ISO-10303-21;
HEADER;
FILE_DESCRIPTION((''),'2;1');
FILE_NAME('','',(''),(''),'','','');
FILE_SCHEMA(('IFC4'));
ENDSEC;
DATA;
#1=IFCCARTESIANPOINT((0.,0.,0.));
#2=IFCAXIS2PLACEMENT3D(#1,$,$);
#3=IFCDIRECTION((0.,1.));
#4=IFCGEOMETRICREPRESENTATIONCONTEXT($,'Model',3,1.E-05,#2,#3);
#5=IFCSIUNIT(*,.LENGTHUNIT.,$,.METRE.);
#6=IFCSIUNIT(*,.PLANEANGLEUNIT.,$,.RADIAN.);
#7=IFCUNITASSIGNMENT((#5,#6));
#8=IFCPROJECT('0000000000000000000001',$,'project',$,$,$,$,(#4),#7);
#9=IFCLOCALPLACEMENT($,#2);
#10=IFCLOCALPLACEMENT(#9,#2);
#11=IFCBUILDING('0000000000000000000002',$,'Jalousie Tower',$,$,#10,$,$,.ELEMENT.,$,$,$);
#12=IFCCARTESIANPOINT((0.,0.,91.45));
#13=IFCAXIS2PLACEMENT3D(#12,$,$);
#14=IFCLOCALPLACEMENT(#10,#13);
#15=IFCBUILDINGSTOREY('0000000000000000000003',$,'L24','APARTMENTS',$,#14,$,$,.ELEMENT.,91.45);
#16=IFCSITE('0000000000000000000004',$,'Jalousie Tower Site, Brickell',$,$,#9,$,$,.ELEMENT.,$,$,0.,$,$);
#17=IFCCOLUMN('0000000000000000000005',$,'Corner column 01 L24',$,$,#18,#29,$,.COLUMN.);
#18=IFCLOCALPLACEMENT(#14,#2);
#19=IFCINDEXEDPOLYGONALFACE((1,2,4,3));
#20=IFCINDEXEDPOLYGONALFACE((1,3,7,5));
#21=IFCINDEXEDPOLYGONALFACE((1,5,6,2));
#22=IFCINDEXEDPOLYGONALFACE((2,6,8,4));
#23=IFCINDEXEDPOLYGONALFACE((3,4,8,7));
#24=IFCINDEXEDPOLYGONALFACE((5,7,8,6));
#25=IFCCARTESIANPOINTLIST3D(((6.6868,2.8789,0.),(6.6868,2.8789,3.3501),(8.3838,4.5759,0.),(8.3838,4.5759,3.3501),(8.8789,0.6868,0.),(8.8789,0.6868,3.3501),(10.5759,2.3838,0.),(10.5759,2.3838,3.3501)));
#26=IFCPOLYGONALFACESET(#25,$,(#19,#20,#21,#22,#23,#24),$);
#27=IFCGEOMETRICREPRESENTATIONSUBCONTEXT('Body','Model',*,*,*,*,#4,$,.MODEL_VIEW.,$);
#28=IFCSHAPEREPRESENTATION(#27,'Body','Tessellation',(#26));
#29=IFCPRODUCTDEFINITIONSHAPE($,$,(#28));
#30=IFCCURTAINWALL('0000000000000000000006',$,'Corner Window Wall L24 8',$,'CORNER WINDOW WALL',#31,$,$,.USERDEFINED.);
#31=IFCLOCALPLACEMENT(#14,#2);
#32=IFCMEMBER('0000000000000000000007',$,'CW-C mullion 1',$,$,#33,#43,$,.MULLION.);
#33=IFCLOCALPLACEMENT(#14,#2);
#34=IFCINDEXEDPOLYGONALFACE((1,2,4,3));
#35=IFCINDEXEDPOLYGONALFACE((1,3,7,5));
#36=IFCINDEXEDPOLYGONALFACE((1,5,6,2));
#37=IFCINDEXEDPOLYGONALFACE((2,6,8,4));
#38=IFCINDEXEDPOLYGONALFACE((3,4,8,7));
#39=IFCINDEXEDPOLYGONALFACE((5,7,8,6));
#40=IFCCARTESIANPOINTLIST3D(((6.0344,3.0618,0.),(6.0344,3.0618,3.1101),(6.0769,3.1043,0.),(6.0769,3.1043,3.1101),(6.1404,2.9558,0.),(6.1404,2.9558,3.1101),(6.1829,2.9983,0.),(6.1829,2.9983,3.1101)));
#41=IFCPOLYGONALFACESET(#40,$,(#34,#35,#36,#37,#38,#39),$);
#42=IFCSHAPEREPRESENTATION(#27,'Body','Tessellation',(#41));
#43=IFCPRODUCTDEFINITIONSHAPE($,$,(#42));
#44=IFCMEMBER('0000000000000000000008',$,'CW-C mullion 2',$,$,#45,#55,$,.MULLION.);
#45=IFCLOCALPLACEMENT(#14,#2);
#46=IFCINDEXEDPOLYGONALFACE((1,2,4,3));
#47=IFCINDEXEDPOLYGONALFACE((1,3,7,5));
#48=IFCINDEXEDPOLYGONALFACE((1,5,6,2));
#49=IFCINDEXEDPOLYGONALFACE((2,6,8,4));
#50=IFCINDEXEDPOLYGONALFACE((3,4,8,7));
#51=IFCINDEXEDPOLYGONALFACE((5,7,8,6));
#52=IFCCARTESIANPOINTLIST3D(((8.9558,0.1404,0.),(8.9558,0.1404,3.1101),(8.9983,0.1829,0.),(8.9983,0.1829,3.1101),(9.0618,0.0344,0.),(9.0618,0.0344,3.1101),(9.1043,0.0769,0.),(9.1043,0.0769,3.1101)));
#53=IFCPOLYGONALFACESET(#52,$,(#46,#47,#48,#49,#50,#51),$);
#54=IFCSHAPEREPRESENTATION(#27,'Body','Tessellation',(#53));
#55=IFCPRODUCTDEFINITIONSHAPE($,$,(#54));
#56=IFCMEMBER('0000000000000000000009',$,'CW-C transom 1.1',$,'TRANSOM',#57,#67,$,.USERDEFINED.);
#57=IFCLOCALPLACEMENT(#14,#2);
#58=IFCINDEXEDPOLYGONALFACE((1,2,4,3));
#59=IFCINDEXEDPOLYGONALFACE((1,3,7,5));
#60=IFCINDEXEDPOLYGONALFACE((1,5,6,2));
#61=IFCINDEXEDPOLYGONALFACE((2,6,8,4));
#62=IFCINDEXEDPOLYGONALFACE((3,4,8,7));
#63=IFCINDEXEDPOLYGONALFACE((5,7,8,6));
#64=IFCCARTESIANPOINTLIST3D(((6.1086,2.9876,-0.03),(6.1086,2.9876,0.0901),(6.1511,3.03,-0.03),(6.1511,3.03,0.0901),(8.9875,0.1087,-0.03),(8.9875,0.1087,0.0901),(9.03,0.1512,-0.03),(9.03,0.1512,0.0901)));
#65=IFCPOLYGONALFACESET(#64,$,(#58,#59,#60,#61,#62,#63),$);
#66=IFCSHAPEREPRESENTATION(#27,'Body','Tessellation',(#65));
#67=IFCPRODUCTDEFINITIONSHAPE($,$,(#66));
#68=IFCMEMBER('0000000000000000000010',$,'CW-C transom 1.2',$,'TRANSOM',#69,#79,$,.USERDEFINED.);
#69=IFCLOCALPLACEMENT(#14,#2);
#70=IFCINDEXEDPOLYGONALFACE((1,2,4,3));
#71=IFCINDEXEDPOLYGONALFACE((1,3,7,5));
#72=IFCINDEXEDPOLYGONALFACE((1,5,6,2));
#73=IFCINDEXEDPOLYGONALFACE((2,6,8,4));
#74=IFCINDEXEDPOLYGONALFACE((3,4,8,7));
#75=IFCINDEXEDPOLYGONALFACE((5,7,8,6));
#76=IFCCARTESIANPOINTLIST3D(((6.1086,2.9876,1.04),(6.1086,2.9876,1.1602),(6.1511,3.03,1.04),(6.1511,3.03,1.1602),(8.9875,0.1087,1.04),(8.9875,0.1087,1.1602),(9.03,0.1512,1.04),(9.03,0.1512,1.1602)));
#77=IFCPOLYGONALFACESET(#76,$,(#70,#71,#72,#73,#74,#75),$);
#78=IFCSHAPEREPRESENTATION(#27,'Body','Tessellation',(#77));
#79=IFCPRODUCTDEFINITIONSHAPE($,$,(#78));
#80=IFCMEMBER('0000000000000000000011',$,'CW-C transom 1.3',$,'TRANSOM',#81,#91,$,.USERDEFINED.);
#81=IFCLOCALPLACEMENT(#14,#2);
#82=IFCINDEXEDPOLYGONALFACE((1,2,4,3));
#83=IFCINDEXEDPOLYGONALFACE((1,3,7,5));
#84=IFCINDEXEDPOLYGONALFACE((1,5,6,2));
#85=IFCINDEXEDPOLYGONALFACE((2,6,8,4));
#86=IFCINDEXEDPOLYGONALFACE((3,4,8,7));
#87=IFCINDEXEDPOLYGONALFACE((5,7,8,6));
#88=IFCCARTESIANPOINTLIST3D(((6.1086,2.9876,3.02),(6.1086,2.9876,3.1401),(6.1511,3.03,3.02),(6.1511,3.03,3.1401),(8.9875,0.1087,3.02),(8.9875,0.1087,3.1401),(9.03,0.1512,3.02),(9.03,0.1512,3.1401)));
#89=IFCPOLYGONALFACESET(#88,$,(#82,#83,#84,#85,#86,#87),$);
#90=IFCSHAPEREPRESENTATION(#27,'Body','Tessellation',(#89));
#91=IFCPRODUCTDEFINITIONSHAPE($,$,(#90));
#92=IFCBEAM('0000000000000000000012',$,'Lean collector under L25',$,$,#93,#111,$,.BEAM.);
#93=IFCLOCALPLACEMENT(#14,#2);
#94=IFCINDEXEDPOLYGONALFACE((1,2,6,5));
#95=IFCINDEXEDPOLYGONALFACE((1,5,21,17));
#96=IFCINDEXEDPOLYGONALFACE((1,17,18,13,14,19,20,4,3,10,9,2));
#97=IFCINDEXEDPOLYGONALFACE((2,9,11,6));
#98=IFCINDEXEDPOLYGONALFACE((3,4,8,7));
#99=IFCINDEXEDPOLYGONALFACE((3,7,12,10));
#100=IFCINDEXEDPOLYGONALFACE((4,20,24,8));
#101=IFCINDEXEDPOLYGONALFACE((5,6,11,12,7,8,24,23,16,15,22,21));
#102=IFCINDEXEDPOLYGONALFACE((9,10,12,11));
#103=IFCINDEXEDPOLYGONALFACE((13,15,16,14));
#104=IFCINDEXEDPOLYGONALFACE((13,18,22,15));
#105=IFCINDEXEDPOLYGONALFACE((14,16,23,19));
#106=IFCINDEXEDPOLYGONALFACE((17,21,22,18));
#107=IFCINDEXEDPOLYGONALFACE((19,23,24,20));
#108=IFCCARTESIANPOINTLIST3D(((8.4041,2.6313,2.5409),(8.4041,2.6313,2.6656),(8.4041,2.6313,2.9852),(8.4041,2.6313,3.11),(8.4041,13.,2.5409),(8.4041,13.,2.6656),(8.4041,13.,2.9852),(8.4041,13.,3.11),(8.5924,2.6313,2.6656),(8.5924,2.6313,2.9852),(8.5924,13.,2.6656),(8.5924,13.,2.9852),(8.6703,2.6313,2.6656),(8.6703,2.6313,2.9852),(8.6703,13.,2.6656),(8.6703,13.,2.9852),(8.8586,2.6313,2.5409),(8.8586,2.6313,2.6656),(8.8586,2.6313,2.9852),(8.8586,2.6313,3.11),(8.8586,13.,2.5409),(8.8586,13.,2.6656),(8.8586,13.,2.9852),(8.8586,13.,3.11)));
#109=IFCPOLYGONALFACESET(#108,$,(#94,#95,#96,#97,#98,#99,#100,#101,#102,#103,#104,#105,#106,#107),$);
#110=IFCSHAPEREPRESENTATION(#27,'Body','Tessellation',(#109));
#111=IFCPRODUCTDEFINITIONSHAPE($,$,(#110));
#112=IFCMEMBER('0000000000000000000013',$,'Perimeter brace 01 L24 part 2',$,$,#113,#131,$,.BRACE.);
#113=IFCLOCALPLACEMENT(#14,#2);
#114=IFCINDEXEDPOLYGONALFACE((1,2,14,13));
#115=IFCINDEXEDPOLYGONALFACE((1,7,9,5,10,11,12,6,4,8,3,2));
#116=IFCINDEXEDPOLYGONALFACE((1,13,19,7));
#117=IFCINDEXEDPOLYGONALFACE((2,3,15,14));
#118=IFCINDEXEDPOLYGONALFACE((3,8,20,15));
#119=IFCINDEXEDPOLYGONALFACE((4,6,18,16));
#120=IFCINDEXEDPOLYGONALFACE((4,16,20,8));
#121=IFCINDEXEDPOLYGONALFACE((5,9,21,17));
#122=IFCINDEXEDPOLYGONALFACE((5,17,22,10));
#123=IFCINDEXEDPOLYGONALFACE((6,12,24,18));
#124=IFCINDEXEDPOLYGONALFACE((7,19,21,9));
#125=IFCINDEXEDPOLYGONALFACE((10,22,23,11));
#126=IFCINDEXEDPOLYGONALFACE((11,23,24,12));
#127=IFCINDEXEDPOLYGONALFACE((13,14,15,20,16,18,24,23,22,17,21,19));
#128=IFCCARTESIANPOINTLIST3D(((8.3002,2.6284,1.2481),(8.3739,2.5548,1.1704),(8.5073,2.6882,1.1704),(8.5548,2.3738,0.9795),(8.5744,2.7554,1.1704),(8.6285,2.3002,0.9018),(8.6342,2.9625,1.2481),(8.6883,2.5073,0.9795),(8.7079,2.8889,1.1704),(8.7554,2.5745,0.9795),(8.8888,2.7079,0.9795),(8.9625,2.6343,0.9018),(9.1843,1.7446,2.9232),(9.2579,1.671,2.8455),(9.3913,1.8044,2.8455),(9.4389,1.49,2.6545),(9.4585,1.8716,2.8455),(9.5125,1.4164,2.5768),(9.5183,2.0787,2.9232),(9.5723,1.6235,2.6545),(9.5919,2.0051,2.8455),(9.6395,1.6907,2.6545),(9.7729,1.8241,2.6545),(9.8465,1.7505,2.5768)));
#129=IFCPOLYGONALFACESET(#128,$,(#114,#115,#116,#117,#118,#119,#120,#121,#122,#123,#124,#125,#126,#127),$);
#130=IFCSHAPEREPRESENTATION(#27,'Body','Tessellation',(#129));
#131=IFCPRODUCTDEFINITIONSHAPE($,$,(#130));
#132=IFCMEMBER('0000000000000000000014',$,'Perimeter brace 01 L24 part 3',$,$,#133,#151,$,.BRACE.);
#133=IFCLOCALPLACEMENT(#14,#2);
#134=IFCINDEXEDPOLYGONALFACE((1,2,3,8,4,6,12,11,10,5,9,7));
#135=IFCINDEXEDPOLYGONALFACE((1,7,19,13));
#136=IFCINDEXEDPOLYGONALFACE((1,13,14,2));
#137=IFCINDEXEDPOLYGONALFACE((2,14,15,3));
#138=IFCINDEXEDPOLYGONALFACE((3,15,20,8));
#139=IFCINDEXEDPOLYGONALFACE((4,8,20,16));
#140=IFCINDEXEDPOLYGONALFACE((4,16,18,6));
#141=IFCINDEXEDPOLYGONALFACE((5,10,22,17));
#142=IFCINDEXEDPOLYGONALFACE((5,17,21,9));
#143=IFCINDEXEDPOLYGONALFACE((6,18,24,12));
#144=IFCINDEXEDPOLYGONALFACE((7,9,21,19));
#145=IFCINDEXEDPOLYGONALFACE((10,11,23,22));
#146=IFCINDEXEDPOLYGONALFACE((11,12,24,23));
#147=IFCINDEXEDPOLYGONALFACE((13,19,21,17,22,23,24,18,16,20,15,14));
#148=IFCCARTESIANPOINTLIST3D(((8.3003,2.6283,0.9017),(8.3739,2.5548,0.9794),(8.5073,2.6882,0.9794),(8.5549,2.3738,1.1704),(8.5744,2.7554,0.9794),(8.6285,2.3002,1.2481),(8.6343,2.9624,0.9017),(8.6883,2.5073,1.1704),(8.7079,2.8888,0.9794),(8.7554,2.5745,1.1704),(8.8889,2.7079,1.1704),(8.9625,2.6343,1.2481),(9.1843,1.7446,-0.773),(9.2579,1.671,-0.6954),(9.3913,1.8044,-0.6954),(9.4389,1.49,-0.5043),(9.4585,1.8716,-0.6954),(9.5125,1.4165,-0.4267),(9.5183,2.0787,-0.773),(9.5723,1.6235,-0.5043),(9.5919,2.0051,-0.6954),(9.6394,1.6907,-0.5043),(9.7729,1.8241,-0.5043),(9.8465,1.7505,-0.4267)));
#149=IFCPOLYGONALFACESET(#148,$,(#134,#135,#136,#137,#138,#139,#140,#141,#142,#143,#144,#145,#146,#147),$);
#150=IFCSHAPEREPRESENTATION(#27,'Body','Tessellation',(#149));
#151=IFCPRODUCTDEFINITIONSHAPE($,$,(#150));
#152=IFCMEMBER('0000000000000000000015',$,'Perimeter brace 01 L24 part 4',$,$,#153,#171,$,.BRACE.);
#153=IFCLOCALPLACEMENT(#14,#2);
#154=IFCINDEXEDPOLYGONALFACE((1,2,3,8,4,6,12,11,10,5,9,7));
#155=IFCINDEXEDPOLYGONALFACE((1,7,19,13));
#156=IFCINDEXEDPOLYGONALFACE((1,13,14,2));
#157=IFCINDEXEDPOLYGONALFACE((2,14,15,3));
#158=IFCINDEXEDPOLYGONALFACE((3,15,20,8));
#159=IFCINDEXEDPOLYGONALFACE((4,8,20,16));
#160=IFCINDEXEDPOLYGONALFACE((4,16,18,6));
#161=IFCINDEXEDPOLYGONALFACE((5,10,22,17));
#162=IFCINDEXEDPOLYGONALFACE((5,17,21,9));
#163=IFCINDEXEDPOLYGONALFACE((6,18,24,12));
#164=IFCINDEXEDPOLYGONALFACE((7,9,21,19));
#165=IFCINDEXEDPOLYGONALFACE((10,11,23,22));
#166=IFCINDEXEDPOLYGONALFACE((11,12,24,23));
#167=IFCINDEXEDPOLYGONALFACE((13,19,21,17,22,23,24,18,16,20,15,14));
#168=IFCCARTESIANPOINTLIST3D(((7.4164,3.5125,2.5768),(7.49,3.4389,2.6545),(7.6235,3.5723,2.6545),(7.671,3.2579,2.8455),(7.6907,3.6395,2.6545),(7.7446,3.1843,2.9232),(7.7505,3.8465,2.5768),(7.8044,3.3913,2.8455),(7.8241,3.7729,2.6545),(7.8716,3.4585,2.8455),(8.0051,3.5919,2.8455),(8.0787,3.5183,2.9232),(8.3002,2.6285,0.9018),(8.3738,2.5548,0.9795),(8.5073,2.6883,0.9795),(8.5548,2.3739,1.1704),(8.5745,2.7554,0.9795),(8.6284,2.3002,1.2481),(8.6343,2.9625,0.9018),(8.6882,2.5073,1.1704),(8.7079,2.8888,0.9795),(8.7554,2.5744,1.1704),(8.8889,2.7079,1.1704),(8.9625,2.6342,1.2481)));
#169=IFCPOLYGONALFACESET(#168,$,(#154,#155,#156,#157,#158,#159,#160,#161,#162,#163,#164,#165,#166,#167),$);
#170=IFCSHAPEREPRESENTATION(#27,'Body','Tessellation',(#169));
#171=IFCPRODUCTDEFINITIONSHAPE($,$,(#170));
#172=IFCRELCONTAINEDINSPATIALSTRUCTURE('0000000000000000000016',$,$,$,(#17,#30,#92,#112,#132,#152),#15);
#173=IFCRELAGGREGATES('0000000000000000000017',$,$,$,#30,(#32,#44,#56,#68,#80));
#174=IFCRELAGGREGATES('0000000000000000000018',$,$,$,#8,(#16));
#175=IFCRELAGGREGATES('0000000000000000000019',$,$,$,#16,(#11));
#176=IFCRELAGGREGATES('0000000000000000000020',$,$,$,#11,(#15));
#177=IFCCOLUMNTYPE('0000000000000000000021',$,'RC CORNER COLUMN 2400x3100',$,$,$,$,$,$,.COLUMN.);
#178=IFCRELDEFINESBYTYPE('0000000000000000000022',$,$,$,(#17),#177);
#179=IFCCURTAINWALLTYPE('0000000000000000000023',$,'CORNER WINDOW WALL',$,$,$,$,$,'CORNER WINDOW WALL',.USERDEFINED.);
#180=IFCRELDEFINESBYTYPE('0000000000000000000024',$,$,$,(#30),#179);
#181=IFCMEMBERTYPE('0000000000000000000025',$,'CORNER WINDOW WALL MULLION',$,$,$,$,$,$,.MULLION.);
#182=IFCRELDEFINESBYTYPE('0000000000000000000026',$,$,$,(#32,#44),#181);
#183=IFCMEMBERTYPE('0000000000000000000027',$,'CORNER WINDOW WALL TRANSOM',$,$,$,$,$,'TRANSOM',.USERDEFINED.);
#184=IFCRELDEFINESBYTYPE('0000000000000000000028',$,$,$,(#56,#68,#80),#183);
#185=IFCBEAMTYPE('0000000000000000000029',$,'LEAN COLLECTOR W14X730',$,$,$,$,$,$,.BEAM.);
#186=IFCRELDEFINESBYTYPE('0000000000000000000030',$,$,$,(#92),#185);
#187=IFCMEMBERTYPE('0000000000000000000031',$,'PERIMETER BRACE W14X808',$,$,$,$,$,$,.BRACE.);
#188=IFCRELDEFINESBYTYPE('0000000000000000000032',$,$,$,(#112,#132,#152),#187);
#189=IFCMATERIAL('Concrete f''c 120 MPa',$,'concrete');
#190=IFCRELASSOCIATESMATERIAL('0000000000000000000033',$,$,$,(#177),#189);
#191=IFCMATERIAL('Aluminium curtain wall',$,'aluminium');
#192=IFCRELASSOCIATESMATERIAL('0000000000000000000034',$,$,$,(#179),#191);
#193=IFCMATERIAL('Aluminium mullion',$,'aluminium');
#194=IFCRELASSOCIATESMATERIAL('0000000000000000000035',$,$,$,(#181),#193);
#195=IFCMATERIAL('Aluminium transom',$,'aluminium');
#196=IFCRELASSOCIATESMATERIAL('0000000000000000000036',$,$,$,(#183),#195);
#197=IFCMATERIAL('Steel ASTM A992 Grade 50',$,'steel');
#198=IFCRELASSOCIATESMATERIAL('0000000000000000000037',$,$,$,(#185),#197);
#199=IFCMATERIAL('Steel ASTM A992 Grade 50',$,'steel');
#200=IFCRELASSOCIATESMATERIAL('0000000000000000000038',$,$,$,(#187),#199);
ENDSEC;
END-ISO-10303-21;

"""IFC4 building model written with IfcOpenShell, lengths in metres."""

from ifc_helpers import new_model, si_unit, direction, frame, origin, origin_2d, place, context, subcontext, project, spatial, rectangle, i_section, extrude, material, material_profile, profile_set, type_object, element, aggregate, save


model = new_model("IFC4")

# Units and contexts
model_context = context("Model", 3, precision=1e-05, world=origin(), true_north=direction((0.0, 1.0)))
body_context = subcontext(model_context, "Body", "Model", "MODEL_VIEW")
ifc_project = project(units=[si_unit("LENGTHUNIT", "METRE"), si_unit("PLANEANGLEUNIT", "RADIAN")], contexts=[model_context])

# Site, building, storey
site_placement = place(None, origin())
site = spatial("IfcSite", under=ifc_project, at=site_placement, Name="Jalousie Tower Site, Brickell", CompositionType="ELEMENT", RefElevation=0.0)
building_placement = place(site_placement, origin())
building = spatial("IfcBuilding", under=site, at=building_placement, Name="Jalousie Tower", CompositionType="ELEMENT")
storey_placement = place(building_placement, frame((0.0, 0.0, 91.45)))
storey = spatial("IfcBuildingStorey", under=building, at=storey_placement, Name="L24", Description="APARTMENTS", CompositionType="ELEMENT", Elevation=91.45)

# Column
ifc_material_1 = material(Name="Concrete f'c 120 MPa", Category="concrete")
ifc_material_profile_1 = material_profile(ifc_material_1, rectangle(XDim=2.3999, YDim=3.1001, at=origin_2d()), Name="RC 2400x3100")
ifc_profile_set_1 = profile_set([ifc_material_profile_1], Name="Concrete f'c 120 MPa")
column_type = type_object("IfcColumnType", Name="RC CORNER COLUMN 2400x3100", PredefinedType="COLUMN", material=ifc_profile_set_1)
column_placement = place(storey_placement, frame((8.6313, 2.6313, 0.0), z_axis=(0.0, 0.0, 1.0), x_axis=(0.707107, 0.707107, 0.0)))
element("IfcColumn", 1, at=column_placement, inside=storey, type_object=column_type, Name="Corner column 01 L24", PredefinedType="COLUMN", context=body_context, shape_type="SweptSolid", body=[
    extrude(rectangle(XDim=2.3999, YDim=3.1001, at=origin_2d()), origin(), (0.0, 0.0, 1.0), 3.3501),
])

# Curtain wall, members
ifc_material_2 = material(Name="Aluminium curtain wall", Category="aluminium")
curtain_wall_type_1 = type_object("IfcCurtainWallType", Name="CORNER WINDOW WALL", ElementType="CORNER WINDOW WALL", PredefinedType="USERDEFINED", material=ifc_material_2)
curtain_wall_1_placement = place(storey_placement, origin())
curtain_wall_1 = element("IfcCurtainWall", 2, at=curtain_wall_1_placement, inside=storey, type_object=curtain_wall_type_1, Name="Corner Window Wall L24 8", ObjectType="CORNER WINDOW WALL", PredefinedType="USERDEFINED")
ifc_material_3 = material(Name="Aluminium mullion", Category="aluminium")
ifc_material_profile_2 = material_profile(ifc_material_3, rectangle(XDim=0.0601, YDim=0.1499, at=origin_2d()), Name="MULLION 60x150")
ifc_profile_set_2 = profile_set([ifc_material_profile_2], Name="Aluminium mullion")
member_type_1 = type_object("IfcMemberType", Name="CORNER WINDOW WALL MULLION", PredefinedType="MULLION", material=ifc_profile_set_2)
member_1_placement = place(storey_placement, frame((6.1086, 3.03, 0.0), z_axis=(0.0, 0.0, 1.0), x_axis=(0.707107, 0.707107, 0.0)))
member_1 = element("IfcMember", 3, at=member_1_placement, type_object=member_type_1, Name="CW-C mullion 1", PredefinedType="MULLION", context=body_context, shape_type="SweptSolid", body=[
    extrude(rectangle(XDim=0.0601, YDim=0.1499, at=origin_2d()), origin(), (0.0, 0.0, 1.0), 3.1101),
])
member_2_placement = place(storey_placement, frame((9.03, 0.1086, 0.0), z_axis=(0.0, 0.0, 1.0), x_axis=(0.707107, 0.707107, 0.0)))
member_2 = element("IfcMember", 4, at=member_2_placement, type_object=member_type_1, Name="CW-C mullion 2", PredefinedType="MULLION", context=body_context, shape_type="SweptSolid", body=[
    extrude(rectangle(XDim=0.0601, YDim=0.1499, at=origin_2d()), origin(), (0.0, 0.0, 1.0), 3.1101),
])
ifc_material_4 = material(Name="Aluminium transom", Category="aluminium")
ifc_material_profile_3 = material_profile(ifc_material_4, rectangle(XDim=0.0601, YDim=0.1201, at=origin_2d()), Name="TRANSOM 60x120")
ifc_profile_set_3 = profile_set([ifc_material_profile_3], Name="Aluminium transom")
member_type_2 = type_object("IfcMemberType", Name="CORNER WINDOW WALL TRANSOM", ElementType="TRANSOM", PredefinedType="USERDEFINED", material=ifc_profile_set_3)
member_3_placement = place(storey_placement, frame((6.1299, 3.0088, 0.03), z_axis=(0.707107, -0.707107, 0.0), x_axis=(0.707107, 0.707107, 0.0)))
member_3 = element("IfcMember", 5, at=member_3_placement, type_object=member_type_2, Name="CW-C transom 1.1", ObjectType="TRANSOM", PredefinedType="USERDEFINED", context=body_context, shape_type="SweptSolid", body=[
    extrude(rectangle(XDim=0.0601, YDim=0.1201, at=origin_2d()), origin(), (0.0, 0.0, 1.0), 4.0713),
])
member_4_placement = place(storey_placement, frame((6.1299, 3.0088, 1.1001), z_axis=(0.707107, -0.707107, 0.0), x_axis=(0.707107, 0.707107, 0.0)))
member_4 = element("IfcMember", 6, at=member_4_placement, type_object=member_type_2, Name="CW-C transom 1.2", ObjectType="TRANSOM", PredefinedType="USERDEFINED", context=body_context, shape_type="SweptSolid", body=[
    extrude(rectangle(XDim=0.0601, YDim=0.1201, at=origin_2d()), origin(), (0.0, 0.0, 1.0), 4.0713),
])
member_5_placement = place(storey_placement, frame((6.1299, 3.0088, 3.0801), z_axis=(0.707107, -0.707107, 0.0), x_axis=(0.707107, 0.707107, 0.0)))
member_5 = element("IfcMember", 7, at=member_5_placement, type_object=member_type_2, Name="CW-C transom 1.3", ObjectType="TRANSOM", PredefinedType="USERDEFINED", context=body_context, shape_type="SweptSolid", body=[
    extrude(rectangle(XDim=0.0601, YDim=0.1201, at=origin_2d()), origin(), (0.0, 0.0, 1.0), 4.0713),
])

# Beam
ifc_material_5 = material(Name="Steel ASTM A992 Grade 50", Category="steel")
ifc_material_profile_4 = material_profile(ifc_material_5, i_section(OverallWidth=0.4546, OverallDepth=0.5691, WebThickness=0.0779, FlangeThickness=0.1248, at=origin_2d()), Name="W14X730")
ifc_profile_set_4 = profile_set([ifc_material_profile_4], Name="Steel ASTM A992 Grade 50")
beam_type_1 = type_object("IfcBeamType", Name="LEAN COLLECTOR W14X730", PredefinedType="BEAM", material=ifc_profile_set_4)
beam_1_placement = place(storey_placement, frame((8.6313, 2.6313, 2.8254), z_axis=(0.0, 1.0, 0.0), x_axis=(-1.0, 0.0, 0.0)))
element("IfcBeam", 8, at=beam_1_placement, inside=storey, type_object=beam_type_1, Name="Lean collector under L25", PredefinedType="BEAM", context=body_context, shape_type="SweptSolid", body=[
    extrude(i_section(OverallWidth=0.4546, OverallDepth=0.5691, WebThickness=0.0779, FlangeThickness=0.1248, at=origin_2d()), origin(), (0.0, 0.0, 1.0), 10.3687),
])

# Members
ifc_material_6 = material(Name="Steel ASTM A992 Grade 50", Category="steel")
ifc_material_profile_5 = material_profile(ifc_material_6, i_section(OverallWidth=0.4724, OverallDepth=0.5791, WebThickness=0.095, FlangeThickness=0.1299, at=origin_2d()), Name="W14X808")
ifc_profile_set_5 = profile_set([ifc_material_profile_5], Name="Steel ASTM A992 Grade 50")
member_type_3 = type_object("IfcMemberType", Name="PERIMETER BRACE W14X808", PredefinedType="BRACE", material=ifc_profile_set_5)
member_6_placement = place(storey_placement, frame((8.6313, 2.6313, 1.075), z_axis=(0.422969, -0.422852, 0.801432), x_axis=(0.707009, 0.707204, 0.0)))
element("IfcMember", 9, at=member_6_placement, inside=storey, type_object=member_type_3, Name="Perimeter brace 01 L24 part 2", PredefinedType="BRACE", context=body_context, shape_type="SweptSolid", body=[
    extrude(i_section(OverallWidth=0.4724, OverallDepth=0.5791, WebThickness=0.095, FlangeThickness=0.1299, at=origin_2d()), origin(), (0.0, 0.0, 1.0), 2.0901),
])
member_7_placement = place(storey_placement, frame((9.5154, 1.7476, -0.5999), z_axis=(-0.423008, 0.422891, 0.801391), x_axis=(-0.707009, -0.707204, 0.0)))
element("IfcMember", 10, at=member_7_placement, inside=storey, type_object=member_type_3, Name="Perimeter brace 01 L24 part 3", PredefinedType="BRACE", context=body_context, shape_type="SweptSolid", body=[
    extrude(i_section(OverallWidth=0.4724, OverallDepth=0.5791, WebThickness=0.095, FlangeThickness=0.1299, at=origin_2d()), origin(), (0.0, 0.0, 1.0), 2.0898),
])
member_8_placement = place(storey_placement, frame((8.6313, 2.6313, 1.075), z_axis=(-0.422852, 0.422969, 0.801432), x_axis=(-0.707204, -0.707009, 0.0)))
element("IfcMember", 11, at=member_8_placement, inside=storey, type_object=member_type_3, Name="Perimeter brace 01 L24 part 4", PredefinedType="BRACE", context=body_context, shape_type="SweptSolid", body=[
    extrude(i_section(OverallWidth=0.4724, OverallDepth=0.5791, WebThickness=0.095, FlangeThickness=0.1299, at=origin_2d()), origin(), (0.0, 0.0, 1.0), 2.0901),
])

aggregate(curtain_wall_1, [member_1, member_2, member_3, member_4, member_5])

save(model, "model.ifc")
